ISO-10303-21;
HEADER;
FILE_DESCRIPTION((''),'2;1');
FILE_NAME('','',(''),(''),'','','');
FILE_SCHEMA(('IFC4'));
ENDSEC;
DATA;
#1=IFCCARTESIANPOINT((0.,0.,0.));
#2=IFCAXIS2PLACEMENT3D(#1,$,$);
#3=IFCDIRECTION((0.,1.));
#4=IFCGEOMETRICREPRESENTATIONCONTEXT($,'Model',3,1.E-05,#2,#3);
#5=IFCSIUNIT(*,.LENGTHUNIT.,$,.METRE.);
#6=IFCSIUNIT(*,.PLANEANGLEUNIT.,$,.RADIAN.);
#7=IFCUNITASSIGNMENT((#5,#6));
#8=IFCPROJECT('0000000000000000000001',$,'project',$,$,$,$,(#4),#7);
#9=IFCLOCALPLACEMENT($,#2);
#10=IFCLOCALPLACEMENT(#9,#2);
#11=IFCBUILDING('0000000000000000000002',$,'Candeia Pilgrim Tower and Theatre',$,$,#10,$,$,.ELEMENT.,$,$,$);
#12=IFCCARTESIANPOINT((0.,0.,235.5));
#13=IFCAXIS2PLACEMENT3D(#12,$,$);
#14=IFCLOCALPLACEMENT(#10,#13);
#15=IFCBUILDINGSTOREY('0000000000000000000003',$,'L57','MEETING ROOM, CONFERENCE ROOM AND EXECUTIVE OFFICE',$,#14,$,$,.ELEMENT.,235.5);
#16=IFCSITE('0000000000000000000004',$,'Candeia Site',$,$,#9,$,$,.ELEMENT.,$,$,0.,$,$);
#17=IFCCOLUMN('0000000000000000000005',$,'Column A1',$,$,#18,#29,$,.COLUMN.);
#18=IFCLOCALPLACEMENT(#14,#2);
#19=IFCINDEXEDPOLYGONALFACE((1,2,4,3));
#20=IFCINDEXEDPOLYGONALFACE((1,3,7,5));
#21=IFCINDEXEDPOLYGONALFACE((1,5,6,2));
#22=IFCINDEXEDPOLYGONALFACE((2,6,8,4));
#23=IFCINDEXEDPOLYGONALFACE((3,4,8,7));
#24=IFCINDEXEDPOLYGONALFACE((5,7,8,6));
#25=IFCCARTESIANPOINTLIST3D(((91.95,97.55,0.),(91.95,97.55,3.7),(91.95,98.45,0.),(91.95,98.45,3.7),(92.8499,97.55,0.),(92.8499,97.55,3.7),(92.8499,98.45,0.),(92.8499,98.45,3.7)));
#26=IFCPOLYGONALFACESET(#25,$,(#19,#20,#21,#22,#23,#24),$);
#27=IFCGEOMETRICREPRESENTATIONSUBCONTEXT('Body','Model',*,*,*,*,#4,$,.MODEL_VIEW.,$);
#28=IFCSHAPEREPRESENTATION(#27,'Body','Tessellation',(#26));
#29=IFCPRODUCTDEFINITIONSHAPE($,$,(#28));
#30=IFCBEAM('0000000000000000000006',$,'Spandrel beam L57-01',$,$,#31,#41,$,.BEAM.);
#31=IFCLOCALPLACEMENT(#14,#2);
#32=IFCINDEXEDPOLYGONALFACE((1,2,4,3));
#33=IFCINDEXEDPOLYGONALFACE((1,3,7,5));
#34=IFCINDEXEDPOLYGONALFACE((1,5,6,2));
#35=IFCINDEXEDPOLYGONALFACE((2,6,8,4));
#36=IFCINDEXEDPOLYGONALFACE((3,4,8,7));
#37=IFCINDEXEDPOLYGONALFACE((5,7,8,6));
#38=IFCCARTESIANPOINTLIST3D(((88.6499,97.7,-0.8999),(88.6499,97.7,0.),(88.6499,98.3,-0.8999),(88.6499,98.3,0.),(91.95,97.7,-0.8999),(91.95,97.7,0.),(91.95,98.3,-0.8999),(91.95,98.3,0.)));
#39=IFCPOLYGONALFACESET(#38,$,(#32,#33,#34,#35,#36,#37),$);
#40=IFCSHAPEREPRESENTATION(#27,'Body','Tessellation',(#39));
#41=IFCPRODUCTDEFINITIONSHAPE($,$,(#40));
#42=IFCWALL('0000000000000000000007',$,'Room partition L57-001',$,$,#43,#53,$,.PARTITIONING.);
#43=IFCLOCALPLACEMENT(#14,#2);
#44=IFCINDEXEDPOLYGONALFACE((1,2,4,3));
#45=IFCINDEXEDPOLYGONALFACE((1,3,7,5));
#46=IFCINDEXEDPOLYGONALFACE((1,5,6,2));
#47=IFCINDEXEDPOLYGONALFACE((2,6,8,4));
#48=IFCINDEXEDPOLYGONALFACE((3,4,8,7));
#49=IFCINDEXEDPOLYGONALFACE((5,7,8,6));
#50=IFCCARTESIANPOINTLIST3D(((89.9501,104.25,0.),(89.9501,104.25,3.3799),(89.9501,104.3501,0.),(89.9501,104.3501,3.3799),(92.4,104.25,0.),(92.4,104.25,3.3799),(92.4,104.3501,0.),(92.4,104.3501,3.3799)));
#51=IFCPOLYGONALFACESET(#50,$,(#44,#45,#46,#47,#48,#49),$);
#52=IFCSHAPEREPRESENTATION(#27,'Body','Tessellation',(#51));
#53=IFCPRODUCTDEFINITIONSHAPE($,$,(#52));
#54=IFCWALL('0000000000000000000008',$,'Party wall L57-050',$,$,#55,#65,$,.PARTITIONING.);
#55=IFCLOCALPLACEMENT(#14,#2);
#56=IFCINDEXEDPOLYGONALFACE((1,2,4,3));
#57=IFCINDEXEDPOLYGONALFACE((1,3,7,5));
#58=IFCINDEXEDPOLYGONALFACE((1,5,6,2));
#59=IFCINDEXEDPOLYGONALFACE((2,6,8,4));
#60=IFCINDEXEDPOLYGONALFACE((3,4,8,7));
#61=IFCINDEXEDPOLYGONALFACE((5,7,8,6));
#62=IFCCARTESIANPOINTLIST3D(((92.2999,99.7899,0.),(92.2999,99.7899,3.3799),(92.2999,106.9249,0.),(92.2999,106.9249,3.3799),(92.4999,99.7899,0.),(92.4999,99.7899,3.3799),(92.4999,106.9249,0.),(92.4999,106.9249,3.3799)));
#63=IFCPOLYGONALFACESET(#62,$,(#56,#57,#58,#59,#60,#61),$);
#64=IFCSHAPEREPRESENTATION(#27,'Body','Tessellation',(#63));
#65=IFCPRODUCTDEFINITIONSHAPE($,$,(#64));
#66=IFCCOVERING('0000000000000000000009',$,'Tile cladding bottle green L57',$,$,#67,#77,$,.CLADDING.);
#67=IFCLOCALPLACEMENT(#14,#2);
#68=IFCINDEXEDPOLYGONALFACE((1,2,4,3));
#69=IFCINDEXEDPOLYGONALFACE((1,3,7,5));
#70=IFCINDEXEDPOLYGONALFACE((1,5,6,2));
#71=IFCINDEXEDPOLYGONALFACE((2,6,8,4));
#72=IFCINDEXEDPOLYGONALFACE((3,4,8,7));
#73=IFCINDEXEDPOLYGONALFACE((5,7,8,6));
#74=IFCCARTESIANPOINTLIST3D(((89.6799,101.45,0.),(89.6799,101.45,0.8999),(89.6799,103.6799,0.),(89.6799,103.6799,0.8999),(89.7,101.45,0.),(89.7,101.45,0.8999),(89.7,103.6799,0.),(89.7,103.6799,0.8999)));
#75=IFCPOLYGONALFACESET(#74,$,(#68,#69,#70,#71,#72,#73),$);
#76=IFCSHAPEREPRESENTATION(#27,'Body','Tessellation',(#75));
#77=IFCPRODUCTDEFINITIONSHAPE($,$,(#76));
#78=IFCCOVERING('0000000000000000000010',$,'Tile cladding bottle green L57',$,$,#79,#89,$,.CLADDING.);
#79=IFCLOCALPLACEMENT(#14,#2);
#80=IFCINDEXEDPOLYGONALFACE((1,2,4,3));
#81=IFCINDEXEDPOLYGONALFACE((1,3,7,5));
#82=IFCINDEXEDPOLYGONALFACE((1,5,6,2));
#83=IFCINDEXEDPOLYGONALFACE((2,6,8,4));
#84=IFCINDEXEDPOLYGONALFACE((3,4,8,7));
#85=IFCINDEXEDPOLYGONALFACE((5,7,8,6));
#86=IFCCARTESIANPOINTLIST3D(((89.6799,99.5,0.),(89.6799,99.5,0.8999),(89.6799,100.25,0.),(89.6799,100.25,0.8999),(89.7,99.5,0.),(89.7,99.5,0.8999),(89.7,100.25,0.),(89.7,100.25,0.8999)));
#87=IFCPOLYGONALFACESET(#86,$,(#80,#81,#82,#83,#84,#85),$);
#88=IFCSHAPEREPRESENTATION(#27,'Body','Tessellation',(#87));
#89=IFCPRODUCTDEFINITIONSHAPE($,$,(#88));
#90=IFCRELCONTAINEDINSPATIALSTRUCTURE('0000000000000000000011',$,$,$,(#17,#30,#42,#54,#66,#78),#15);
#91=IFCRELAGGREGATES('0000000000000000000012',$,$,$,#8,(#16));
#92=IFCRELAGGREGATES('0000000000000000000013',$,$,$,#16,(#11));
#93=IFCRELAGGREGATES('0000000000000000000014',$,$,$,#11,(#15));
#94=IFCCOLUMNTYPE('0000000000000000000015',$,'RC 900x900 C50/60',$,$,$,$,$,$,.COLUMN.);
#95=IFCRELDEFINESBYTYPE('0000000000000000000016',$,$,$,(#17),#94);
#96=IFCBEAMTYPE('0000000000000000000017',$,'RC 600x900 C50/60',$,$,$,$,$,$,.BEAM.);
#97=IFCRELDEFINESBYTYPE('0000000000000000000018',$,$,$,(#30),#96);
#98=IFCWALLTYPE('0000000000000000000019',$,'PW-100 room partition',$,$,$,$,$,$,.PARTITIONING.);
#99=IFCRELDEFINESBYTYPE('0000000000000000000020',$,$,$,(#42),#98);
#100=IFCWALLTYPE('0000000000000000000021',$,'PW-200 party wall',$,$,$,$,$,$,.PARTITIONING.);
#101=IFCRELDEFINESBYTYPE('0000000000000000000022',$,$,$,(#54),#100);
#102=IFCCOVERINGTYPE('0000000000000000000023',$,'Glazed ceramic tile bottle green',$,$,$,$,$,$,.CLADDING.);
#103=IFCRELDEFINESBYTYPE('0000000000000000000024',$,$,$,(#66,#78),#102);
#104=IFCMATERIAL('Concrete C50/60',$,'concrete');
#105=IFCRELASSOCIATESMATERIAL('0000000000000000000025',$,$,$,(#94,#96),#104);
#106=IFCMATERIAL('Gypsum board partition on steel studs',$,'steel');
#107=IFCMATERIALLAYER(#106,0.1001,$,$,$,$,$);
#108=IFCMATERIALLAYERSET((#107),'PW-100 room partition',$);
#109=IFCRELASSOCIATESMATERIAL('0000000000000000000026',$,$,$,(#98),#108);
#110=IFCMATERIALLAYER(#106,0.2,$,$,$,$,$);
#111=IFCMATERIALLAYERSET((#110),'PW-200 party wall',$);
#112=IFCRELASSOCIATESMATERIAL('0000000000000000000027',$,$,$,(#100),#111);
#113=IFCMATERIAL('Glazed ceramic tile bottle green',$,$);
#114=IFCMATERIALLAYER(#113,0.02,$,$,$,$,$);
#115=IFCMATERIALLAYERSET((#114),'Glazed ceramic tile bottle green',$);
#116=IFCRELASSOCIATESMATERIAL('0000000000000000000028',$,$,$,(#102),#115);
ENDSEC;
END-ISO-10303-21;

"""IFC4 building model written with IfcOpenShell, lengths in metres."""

from ifc_helpers import new_model, si_unit, direction, frame, frame_2d, origin, origin_2d, place, context, subcontext, project, spatial, rectangle, extrude, material, layer, layer_set, material_profile, profile_set, type_object, element, save


model = new_model("IFC4")

# Units and contexts
model_context = context("Model", 3, precision=1e-05, world=origin(), true_north=direction((0.0, 1.0)))
body_context = subcontext(model_context, "Body", "Model", "MODEL_VIEW")
ifc_project = project(units=[si_unit("LENGTHUNIT", "METRE"), si_unit("PLANEANGLEUNIT", "RADIAN")], contexts=[model_context])

# Site, building, storey
site_placement = place(None, origin())
site = spatial("IfcSite", under=ifc_project, at=site_placement, Name="Candeia Site", CompositionType="ELEMENT", RefElevation=0.0)
building_placement = place(site_placement, origin())
building = spatial("IfcBuilding", under=site, at=building_placement, Name="Candeia Pilgrim Tower and Theatre", CompositionType="ELEMENT")
storey_placement = place(building_placement, frame((0.0, 0.0, 235.5)))
storey = spatial("IfcBuildingStorey", under=building, at=storey_placement, Name="L57", Description="MEETING ROOM, CONFERENCE ROOM AND EXECUTIVE OFFICE", CompositionType="ELEMENT", Elevation=235.5)

# Column
ifc_material_1 = material(Name="Concrete C50/60", Category="concrete")
ifc_material_profile_1 = material_profile(ifc_material_1, rectangle(XDim=0.8999, YDim=0.8999, at=origin_2d()))
ifc_profile_set_1 = profile_set([ifc_material_profile_1], Name="Concrete C50/60")
column_type = type_object("IfcColumnType", Name="RC 900x900 C50/60", PredefinedType="COLUMN", material=ifc_profile_set_1)
column_placement = place(storey_placement, frame((92.3999, 98.0, 0.0), z_axis=(0.0, 0.0, 1.0), x_axis=(1.0, 0.0, 0.0)))
element("IfcColumn", 1, at=column_placement, inside=storey, type_object=column_type, Name="Column A1", PredefinedType="COLUMN", context=body_context, shape_type="SweptSolid", body=[
    extrude(rectangle(XDim=0.8999, YDim=0.8999, at=origin_2d()), origin(), (0.0, 0.0, 1.0), 3.7),
])

# Beam
ifc_material_profile_2 = material_profile(ifc_material_1, rectangle(XDim=0.6001, YDim=0.8999, at=origin_2d()))
ifc_profile_set_2 = profile_set([ifc_material_profile_2], Name="Concrete C50/60")
beam_type = type_object("IfcBeamType", Name="RC 600x900 C50/60", PredefinedType="BEAM", material=ifc_profile_set_2)
beam_placement = place(storey_placement, frame((88.6499, 98.0, -0.45), z_axis=(1.0, 0.0, 0.0), x_axis=(0.0, 1.0, 0.0)))
element("IfcBeam", 2, at=beam_placement, inside=storey, type_object=beam_type, Name="Spandrel beam L57-01", PredefinedType="BEAM", context=body_context, shape_type="SweptSolid", body=[
    extrude(rectangle(XDim=0.6001, YDim=0.8999, at=origin_2d()), origin(), (0.0, 0.0, 1.0), 3.3),
])

# Walls
ifc_material_2 = material(Name="Gypsum board partition on steel studs", Category="steel")
ifc_layer_1 = layer(ifc_material_2, 0.1001)
ifc_layer_set_1 = layer_set([ifc_layer_1], Name="PW-100 room partition")
wall_type_1 = type_object("IfcWallType", Name="PW-100 room partition", PredefinedType="PARTITIONING", material=ifc_layer_set_1)
wall_1_placement = place(storey_placement, frame((89.95, 104.3, 0.0), z_axis=(0.0, 0.0, 1.0), x_axis=(1.0, 0.0, 0.0)))
element("IfcWall", 3, at=wall_1_placement, inside=storey, type_object=wall_type_1, Name="Room partition L57-001", PredefinedType="PARTITIONING", context=body_context, shape_type="SweptSolid", body=[
    extrude(rectangle(XDim=2.45, YDim=0.1001, at=frame_2d((1.2251, 0.0))), origin(), (0.0, 0.0, 1.0), 3.3799),
])
ifc_layer_2 = layer(ifc_material_2, 0.2)
ifc_layer_set_2 = layer_set([ifc_layer_2], Name="PW-200 party wall")
wall_type_2 = type_object("IfcWallType", Name="PW-200 party wall", PredefinedType="PARTITIONING", material=ifc_layer_set_2)
wall_2_placement = place(storey_placement, frame((92.3999, 99.79, 0.0), z_axis=(0.0, 0.0, 1.0), x_axis=(0.0, 1.0, 0.0)))
element("IfcWall", 4, at=wall_2_placement, inside=storey, type_object=wall_type_2, Name="Party wall L57-050", PredefinedType="PARTITIONING", context=body_context, shape_type="SweptSolid", body=[
    extrude(rectangle(XDim=7.135, YDim=0.2, at=frame_2d((3.5674, 0.0))), origin(), (0.0, 0.0, 1.0), 3.3799),
])

# Coverings
ifc_material_3 = material(Name="Glazed ceramic tile bottle green")
ifc_layer_3 = layer(ifc_material_3, 0.02)
ifc_layer_set_3 = layer_set([ifc_layer_3], Name="Glazed ceramic tile bottle green")
covering_type = type_object("IfcCoveringType", Name="Glazed ceramic tile bottle green", PredefinedType="CLADDING", material=ifc_layer_set_3)
covering_1_placement = place(storey_placement, frame((89.6899, 102.5649, 0.0), z_axis=(0.0, 0.0, 1.0), x_axis=(0.0, -1.0, 0.0)))
element("IfcCovering", 5, at=covering_1_placement, inside=storey, type_object=covering_type, Name="Tile cladding bottle green L57", PredefinedType="CLADDING", context=body_context, shape_type="SweptSolid", body=[
    extrude(rectangle(XDim=2.23, YDim=0.02, at=origin_2d()), origin(), (0.0, 0.0, 1.0), 0.8999),
])
covering_2_placement = place(storey_placement, frame((89.6899, 99.875, 0.0), z_axis=(0.0, 0.0, 1.0), x_axis=(0.0, -1.0, 0.0)))
element("IfcCovering", 6, at=covering_2_placement, inside=storey, type_object=covering_type, Name="Tile cladding bottle green L57", PredefinedType="CLADDING", context=body_context, shape_type="SweptSolid", body=[
    extrude(rectangle(XDim=0.75, YDim=0.02, at=origin_2d()), origin(), (0.0, 0.0, 1.0), 0.8999),
])

save(model, "model.ifc")
